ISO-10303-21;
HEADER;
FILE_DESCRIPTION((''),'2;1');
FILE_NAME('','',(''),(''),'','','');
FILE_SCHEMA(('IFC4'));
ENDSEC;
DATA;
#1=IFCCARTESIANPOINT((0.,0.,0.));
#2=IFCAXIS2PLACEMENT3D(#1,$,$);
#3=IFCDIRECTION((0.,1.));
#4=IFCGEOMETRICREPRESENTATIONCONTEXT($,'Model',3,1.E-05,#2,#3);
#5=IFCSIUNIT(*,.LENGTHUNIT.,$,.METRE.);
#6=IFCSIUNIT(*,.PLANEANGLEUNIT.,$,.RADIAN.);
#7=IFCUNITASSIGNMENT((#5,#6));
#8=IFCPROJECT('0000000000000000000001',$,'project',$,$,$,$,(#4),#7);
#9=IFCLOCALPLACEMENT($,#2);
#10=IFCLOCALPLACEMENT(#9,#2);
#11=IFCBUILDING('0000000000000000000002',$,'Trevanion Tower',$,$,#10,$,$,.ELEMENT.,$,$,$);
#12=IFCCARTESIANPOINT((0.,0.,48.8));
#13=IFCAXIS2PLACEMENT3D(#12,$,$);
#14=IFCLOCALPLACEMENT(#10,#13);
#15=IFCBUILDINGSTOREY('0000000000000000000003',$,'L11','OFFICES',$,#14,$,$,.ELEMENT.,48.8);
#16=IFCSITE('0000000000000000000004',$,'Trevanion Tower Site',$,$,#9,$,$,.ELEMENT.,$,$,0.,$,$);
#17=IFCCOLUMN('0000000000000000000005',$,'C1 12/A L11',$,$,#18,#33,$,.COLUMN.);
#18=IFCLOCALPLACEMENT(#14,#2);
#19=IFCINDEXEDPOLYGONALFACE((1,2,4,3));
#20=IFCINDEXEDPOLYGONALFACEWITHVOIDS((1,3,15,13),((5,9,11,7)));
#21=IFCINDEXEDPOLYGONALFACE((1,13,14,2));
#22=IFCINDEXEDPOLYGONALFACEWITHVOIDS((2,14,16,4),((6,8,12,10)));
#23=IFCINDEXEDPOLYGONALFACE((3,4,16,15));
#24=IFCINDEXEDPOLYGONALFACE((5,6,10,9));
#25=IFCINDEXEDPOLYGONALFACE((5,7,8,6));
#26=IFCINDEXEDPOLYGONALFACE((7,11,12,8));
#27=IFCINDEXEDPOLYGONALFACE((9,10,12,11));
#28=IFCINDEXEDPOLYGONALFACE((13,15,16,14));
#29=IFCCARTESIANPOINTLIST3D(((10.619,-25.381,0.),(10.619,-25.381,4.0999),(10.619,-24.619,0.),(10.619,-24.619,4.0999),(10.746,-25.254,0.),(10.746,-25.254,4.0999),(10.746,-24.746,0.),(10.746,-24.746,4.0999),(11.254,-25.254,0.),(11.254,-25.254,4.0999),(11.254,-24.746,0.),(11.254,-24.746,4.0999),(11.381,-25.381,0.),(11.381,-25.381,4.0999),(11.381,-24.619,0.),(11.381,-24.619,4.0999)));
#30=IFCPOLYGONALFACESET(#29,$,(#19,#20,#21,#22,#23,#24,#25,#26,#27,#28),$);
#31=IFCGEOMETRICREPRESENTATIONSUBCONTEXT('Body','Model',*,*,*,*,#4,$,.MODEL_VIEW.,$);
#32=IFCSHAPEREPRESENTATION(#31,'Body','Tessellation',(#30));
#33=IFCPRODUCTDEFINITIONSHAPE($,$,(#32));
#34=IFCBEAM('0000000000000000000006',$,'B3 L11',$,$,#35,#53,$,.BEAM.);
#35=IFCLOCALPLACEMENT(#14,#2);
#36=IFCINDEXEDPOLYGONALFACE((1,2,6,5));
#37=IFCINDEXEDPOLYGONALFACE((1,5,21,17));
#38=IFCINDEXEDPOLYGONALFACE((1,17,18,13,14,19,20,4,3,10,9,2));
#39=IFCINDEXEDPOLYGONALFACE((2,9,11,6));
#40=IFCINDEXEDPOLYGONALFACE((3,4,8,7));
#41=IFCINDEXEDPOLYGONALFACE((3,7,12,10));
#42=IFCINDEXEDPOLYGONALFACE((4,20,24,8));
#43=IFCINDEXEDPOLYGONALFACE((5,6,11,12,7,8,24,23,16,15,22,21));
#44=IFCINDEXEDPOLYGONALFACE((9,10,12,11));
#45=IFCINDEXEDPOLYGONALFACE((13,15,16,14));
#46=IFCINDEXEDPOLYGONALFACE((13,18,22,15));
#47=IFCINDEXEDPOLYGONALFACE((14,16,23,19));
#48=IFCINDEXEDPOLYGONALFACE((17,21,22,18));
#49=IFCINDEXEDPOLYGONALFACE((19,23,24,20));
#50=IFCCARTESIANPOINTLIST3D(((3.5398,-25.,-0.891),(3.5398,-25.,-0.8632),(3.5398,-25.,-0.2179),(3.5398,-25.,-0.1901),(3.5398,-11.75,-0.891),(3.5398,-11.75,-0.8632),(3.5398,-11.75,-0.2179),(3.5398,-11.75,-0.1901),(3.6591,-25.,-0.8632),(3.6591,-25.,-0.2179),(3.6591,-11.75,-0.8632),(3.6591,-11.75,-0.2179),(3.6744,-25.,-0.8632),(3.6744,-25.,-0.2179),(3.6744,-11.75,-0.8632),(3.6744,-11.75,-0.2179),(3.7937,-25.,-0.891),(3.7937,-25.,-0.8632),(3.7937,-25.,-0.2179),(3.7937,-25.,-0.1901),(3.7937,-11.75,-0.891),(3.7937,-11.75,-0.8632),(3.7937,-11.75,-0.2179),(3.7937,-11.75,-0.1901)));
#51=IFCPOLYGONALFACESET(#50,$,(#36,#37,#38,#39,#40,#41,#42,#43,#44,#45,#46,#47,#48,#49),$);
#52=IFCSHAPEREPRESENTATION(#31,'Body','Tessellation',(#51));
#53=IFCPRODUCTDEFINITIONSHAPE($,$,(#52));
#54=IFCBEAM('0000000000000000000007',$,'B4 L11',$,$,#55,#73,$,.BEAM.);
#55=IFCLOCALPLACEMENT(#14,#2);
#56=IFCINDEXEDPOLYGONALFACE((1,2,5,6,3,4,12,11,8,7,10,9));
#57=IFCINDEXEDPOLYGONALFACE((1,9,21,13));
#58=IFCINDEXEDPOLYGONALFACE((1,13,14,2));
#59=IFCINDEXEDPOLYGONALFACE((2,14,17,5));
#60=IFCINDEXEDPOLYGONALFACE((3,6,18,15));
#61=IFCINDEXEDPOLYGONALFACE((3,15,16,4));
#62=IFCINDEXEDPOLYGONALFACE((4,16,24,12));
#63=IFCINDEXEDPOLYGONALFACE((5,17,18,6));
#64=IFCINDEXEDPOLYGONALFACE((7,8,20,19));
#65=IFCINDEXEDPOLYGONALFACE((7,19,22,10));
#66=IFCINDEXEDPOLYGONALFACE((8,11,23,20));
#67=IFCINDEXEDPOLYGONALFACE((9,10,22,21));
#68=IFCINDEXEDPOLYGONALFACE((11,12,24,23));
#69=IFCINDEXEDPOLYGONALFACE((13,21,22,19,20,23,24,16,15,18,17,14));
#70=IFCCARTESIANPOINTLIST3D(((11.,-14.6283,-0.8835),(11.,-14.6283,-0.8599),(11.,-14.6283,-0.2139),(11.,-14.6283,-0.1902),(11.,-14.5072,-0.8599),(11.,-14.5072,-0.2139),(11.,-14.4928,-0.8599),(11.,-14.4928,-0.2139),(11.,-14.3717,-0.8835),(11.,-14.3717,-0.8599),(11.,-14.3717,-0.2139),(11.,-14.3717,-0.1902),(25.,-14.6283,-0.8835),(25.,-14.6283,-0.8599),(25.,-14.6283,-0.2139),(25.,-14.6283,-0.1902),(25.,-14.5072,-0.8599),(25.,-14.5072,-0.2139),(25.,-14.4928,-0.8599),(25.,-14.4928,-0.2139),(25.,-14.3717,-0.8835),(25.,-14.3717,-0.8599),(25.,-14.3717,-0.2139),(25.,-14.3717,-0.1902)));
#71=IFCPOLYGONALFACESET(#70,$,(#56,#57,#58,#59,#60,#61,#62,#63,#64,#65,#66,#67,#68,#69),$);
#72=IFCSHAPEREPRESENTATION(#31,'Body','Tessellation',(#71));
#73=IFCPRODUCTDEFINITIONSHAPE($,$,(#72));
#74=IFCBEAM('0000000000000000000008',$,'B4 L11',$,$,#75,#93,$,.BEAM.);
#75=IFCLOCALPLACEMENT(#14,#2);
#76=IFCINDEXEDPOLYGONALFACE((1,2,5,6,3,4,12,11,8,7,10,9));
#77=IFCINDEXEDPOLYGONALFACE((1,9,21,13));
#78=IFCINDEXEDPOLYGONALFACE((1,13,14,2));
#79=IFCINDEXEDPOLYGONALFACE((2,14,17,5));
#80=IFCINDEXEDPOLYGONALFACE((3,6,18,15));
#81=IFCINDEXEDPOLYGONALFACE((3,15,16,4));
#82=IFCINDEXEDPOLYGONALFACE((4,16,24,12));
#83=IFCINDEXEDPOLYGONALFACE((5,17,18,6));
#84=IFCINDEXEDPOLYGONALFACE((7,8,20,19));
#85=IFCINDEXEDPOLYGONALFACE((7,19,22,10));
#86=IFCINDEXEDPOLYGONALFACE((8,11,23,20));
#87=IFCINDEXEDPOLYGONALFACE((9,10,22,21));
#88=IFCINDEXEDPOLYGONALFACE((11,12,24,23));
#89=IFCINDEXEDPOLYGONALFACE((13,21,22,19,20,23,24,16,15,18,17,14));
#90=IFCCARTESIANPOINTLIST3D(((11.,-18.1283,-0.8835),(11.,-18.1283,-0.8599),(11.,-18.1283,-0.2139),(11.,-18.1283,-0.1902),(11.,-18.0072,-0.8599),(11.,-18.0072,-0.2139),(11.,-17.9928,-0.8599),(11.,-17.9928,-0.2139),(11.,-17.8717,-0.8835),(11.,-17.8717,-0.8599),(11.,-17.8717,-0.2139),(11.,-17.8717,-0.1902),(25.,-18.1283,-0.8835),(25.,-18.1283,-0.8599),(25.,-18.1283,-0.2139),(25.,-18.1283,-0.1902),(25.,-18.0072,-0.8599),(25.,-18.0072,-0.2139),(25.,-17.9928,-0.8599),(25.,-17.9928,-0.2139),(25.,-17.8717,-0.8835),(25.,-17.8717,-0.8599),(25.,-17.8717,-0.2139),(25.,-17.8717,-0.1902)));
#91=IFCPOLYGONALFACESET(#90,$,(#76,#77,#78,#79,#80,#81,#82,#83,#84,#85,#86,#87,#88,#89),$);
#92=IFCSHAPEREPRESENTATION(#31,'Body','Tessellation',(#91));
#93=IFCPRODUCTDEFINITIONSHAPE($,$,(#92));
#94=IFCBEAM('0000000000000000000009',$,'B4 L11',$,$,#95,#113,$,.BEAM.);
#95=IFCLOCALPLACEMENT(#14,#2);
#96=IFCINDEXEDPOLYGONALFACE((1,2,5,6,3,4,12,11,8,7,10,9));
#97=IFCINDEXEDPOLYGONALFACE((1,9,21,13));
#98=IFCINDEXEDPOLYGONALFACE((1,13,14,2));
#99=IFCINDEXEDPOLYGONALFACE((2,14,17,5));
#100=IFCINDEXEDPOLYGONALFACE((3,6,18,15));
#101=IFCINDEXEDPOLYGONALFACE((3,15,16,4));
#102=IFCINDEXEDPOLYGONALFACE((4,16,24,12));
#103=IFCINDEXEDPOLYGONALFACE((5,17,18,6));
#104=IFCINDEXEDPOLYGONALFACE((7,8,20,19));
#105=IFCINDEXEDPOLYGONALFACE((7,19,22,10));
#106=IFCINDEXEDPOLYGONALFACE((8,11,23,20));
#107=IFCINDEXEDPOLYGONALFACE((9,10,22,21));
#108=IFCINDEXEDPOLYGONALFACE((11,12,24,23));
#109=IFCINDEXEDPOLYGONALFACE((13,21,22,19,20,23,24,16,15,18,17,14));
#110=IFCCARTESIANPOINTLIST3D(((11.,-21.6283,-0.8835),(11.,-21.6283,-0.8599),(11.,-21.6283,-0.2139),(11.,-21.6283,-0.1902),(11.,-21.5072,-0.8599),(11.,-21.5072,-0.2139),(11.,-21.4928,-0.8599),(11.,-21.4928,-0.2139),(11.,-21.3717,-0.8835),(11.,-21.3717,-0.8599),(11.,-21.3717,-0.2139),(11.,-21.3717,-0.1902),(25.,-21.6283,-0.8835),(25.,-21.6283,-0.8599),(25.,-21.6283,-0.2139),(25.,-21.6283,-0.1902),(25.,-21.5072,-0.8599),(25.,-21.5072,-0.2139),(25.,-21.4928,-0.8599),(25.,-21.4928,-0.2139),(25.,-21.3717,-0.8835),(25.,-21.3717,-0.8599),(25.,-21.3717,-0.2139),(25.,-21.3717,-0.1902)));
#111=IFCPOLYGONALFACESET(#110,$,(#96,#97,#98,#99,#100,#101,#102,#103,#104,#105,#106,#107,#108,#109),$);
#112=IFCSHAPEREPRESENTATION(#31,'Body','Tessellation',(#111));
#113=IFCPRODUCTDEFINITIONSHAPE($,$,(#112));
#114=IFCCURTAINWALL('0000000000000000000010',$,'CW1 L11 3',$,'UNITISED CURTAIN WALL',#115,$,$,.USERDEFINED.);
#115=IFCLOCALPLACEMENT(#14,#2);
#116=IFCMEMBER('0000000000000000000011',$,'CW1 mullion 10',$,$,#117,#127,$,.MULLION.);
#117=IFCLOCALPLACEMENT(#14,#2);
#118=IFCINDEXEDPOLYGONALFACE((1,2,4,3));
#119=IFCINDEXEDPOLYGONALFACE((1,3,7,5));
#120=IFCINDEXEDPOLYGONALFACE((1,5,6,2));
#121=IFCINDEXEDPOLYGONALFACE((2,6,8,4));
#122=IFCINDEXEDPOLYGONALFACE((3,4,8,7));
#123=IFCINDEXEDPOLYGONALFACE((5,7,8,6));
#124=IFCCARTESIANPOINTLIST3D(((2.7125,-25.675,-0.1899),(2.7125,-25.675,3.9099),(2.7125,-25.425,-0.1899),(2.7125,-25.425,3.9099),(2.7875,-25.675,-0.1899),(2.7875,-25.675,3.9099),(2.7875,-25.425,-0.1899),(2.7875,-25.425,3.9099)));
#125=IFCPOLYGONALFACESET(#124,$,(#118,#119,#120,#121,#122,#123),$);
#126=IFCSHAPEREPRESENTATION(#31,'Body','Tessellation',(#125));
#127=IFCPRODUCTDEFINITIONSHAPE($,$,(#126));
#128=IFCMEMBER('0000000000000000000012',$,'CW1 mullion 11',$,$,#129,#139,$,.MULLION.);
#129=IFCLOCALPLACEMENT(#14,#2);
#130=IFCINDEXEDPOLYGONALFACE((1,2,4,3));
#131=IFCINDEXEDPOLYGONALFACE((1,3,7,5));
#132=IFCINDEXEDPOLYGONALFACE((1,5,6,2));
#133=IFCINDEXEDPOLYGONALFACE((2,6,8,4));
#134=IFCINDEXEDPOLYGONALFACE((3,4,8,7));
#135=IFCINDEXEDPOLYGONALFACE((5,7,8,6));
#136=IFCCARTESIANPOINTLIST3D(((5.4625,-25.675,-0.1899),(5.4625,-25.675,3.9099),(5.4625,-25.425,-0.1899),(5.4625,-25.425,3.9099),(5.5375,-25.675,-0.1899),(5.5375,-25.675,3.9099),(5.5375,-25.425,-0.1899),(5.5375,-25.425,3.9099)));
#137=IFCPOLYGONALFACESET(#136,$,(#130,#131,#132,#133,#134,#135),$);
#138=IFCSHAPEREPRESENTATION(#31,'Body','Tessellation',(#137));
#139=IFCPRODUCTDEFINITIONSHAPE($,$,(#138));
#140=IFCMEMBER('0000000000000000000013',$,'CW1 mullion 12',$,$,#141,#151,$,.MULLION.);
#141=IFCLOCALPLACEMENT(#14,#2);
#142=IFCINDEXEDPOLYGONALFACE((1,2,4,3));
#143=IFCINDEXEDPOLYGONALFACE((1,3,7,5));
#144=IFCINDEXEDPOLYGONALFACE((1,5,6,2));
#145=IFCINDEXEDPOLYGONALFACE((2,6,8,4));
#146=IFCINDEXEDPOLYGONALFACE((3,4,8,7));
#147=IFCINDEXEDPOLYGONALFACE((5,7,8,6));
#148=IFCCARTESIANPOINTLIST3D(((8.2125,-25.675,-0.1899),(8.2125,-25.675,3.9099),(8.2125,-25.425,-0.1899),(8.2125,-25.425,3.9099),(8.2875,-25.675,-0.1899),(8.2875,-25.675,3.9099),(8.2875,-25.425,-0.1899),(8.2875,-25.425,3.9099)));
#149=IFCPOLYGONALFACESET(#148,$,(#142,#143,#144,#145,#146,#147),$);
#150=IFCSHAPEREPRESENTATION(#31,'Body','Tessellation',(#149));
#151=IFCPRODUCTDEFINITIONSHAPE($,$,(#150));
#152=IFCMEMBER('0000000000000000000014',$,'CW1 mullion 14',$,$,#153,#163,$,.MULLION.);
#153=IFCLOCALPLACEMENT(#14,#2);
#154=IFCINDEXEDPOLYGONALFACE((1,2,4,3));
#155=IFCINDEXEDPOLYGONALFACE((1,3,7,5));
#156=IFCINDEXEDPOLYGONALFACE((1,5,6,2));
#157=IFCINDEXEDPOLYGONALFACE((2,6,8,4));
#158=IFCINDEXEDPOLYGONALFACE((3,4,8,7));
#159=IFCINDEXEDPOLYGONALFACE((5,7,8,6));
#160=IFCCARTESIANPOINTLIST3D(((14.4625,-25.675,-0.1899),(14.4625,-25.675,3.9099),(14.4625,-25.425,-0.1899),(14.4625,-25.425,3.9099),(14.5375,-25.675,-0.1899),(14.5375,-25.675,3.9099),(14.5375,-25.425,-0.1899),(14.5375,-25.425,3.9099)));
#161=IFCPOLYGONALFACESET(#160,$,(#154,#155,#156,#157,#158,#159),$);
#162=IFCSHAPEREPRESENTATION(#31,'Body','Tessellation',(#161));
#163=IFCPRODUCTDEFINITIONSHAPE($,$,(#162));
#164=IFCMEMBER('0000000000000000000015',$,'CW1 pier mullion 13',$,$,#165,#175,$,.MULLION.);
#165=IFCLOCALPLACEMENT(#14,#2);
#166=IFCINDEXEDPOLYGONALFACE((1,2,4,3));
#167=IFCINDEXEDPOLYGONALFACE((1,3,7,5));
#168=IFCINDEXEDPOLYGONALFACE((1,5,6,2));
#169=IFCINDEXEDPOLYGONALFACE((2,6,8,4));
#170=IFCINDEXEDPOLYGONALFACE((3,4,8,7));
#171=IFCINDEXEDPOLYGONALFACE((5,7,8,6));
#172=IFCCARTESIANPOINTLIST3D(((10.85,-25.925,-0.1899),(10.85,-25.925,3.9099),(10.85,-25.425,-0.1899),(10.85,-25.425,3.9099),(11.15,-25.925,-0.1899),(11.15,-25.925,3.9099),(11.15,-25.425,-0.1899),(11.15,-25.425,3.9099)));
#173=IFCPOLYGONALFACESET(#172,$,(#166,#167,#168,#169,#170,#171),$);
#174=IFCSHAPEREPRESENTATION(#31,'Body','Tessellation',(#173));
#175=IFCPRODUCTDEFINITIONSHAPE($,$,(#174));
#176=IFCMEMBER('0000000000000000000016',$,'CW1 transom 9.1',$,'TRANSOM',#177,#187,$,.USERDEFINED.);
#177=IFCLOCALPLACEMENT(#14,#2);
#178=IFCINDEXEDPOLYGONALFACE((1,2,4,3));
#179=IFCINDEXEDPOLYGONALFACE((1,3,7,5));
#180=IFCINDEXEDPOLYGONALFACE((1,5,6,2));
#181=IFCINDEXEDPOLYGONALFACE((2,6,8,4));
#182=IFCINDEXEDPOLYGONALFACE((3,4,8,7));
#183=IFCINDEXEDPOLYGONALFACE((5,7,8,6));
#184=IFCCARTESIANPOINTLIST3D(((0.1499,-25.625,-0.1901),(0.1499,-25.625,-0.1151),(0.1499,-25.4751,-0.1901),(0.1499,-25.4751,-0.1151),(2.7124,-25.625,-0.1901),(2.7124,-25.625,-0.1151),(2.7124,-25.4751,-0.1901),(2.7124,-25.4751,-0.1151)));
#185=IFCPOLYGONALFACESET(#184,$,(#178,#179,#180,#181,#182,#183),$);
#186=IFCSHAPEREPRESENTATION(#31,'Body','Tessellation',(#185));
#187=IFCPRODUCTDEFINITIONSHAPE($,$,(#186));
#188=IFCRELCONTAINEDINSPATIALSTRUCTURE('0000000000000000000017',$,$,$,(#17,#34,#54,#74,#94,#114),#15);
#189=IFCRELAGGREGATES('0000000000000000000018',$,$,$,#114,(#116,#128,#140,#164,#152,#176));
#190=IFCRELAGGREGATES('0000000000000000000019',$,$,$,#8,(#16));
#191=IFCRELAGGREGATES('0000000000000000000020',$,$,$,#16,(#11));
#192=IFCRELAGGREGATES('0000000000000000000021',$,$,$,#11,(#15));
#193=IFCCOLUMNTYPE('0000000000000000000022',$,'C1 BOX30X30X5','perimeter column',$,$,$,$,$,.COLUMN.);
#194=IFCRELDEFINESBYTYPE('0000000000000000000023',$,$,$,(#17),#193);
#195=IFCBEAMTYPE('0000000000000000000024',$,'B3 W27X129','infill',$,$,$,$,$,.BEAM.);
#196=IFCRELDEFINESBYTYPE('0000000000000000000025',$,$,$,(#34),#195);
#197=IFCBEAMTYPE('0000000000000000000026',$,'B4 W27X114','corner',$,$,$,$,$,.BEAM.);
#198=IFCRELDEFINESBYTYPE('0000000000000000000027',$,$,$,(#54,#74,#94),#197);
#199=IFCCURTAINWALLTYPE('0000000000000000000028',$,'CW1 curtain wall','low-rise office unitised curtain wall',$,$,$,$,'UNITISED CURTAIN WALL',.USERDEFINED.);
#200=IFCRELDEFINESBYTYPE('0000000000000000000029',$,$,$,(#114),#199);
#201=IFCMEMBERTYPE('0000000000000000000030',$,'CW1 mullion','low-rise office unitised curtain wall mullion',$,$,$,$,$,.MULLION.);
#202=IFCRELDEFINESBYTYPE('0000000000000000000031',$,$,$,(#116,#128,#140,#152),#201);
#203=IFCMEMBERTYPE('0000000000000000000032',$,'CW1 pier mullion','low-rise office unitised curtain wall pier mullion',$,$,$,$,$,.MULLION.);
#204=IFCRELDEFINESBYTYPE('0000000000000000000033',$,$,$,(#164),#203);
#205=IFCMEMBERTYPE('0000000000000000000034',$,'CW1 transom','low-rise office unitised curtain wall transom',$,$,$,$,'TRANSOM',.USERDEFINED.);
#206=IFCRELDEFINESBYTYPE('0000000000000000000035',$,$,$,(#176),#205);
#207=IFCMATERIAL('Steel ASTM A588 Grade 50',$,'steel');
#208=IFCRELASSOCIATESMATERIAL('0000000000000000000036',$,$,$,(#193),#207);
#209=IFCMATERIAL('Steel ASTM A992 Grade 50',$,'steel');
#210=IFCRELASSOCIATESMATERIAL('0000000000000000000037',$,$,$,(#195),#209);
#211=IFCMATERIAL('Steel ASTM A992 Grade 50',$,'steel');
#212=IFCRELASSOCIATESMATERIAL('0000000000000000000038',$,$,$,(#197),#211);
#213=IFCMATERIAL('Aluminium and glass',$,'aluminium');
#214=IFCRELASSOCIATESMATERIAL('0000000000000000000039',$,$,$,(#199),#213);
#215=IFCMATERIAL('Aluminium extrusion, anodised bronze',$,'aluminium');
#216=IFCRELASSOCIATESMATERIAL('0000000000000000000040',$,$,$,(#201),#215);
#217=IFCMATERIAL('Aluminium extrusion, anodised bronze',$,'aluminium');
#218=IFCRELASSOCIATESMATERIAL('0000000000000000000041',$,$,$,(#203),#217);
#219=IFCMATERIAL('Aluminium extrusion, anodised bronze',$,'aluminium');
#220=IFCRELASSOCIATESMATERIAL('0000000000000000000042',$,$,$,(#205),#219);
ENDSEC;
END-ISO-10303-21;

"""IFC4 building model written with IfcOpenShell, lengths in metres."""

from ifc_helpers import new_model, si_unit, direction, frame, origin, origin_2d, place, context, subcontext, project, spatial, rectangle, hollow_rectangle, i_section, extrude, material, material_profile, profile_set, type_object, element, aggregate, save


model = new_model("IFC4")

# Units and contexts
model_context = context("Model", 3, precision=1e-05, world=origin(), true_north=direction((0.0, 1.0)))
body_context = subcontext(model_context, "Body", "Model", "MODEL_VIEW")
ifc_project = project(units=[si_unit("LENGTHUNIT", "METRE"), si_unit("PLANEANGLEUNIT", "RADIAN")], contexts=[model_context])

# Site, building, storey
site_placement = place(None, origin())
site = spatial("IfcSite", under=ifc_project, at=site_placement, Name="Trevanion Tower Site", CompositionType="ELEMENT", RefElevation=0.0)
building_placement = place(site_placement, origin())
building = spatial("IfcBuilding", under=site, at=building_placement, Name="Trevanion Tower", CompositionType="ELEMENT")
storey_placement = place(building_placement, frame((0.0, 0.0, 48.8)))
storey = spatial("IfcBuildingStorey", under=building, at=storey_placement, Name="L11", Description="OFFICES", CompositionType="ELEMENT", Elevation=48.8)

# Column
ifc_material_1 = material(Name="Steel ASTM A588 Grade 50", Category="steel")
ifc_material_profile_1 = material_profile(ifc_material_1, hollow_rectangle(XDim=0.762, YDim=0.762, WallThickness=0.127, at=origin_2d()), Name="BOX30X30X5")
ifc_profile_set_1 = profile_set([ifc_material_profile_1], Name="Steel ASTM A588 Grade 50")
column_type = type_object("IfcColumnType", Name="C1 BOX30X30X5", Description="perimeter column", PredefinedType="COLUMN", material=ifc_profile_set_1)
column_placement = place(storey_placement, frame((11.0, -25.0, 0.0), z_axis=(0.0, 0.0, 1.0), x_axis=(1.0, 0.0, 0.0)))
element("IfcColumn", 1, at=column_placement, inside=storey, type_object=column_type, Name="C1 12/A L11", PredefinedType="COLUMN", context=body_context, shape_type="SweptSolid", body=[
    extrude(hollow_rectangle(XDim=0.762, YDim=0.762, WallThickness=0.127, at=origin_2d()), origin(), (0.0, 0.0, 1.0), 4.0999),
])

# Beams
ifc_material_2 = material(Name="Steel ASTM A992 Grade 50", Category="steel")
ifc_material_profile_2 = material_profile(ifc_material_2, i_section(OverallWidth=0.2539, OverallDepth=0.7009, WebThickness=0.0154, FlangeThickness=0.0278, at=origin_2d()), Name="W27X129")
ifc_profile_set_2 = profile_set([ifc_material_profile_2], Name="Steel ASTM A992 Grade 50")
beam_type_1 = type_object("IfcBeamType", Name="B3 W27X129", Description="infill", PredefinedType="BEAM", material=ifc_profile_set_2)
beam_1_placement = place(storey_placement, frame((3.6667, -11.75, -0.5405), z_axis=(0.0, -1.0, 0.0), x_axis=(1.0, 0.0, 0.0)))
element("IfcBeam", 2, at=beam_1_placement, inside=storey, type_object=beam_type_1, Name="B3 L11", PredefinedType="BEAM", context=body_context, shape_type="SweptSolid", body=[
    extrude(i_section(OverallWidth=0.2539, OverallDepth=0.7009, WebThickness=0.0154, FlangeThickness=0.0278, at=origin_2d()), origin(), (0.0, 0.0, 1.0), 13.25),
])
ifc_material_3 = material(Name="Steel ASTM A992 Grade 50", Category="steel")
ifc_material_profile_3 = material_profile(ifc_material_3, i_section(OverallWidth=0.2566, OverallDepth=0.6934, WebThickness=0.0144, FlangeThickness=0.0237, at=origin_2d()), Name="W27X114")
ifc_profile_set_3 = profile_set([ifc_material_profile_3], Name="Steel ASTM A992 Grade 50")
beam_type_2 = type_object("IfcBeamType", Name="B4 W27X114", Description="corner", PredefinedType="BEAM", material=ifc_profile_set_3)
for number, where, z_axis, x_axis, name in (
    (3, (11.0, -14.5, -0.5369), (1.0, 0.0, 0.0), (0.0, 1.0, 0.0), "B4 L11"),
    (4, (11.0, -18.0, -0.5369), (1.0, 0.0, 0.0), (0.0, 1.0, 0.0), "B4 L11"),
    (5, (11.0, -21.5, -0.5369), (1.0, 0.0, 0.0), (0.0, 1.0, 0.0), "B4 L11"),
):
    element("IfcBeam", number, at=place(storey_placement, frame(where, z_axis=z_axis, x_axis=x_axis)), inside=storey, type_object=beam_type_2, Name=name, PredefinedType="BEAM", context=body_context, shape_type="SweptSolid", body=[
        extrude(i_section(OverallWidth=0.2566, OverallDepth=0.6934, WebThickness=0.0144, FlangeThickness=0.0237, at=origin_2d()), origin(), (0.0, 0.0, 1.0), 14.0),
    ])

# Curtain wall, members
ifc_material_4 = material(Name="Aluminium and glass", Category="aluminium")
curtain_wall_type = type_object("IfcCurtainWallType", Name="CW1 curtain wall", Description="low-rise office unitised curtain wall", ElementType="UNITISED CURTAIN WALL", PredefinedType="USERDEFINED", material=ifc_material_4)
curtain_wall_placement = place(storey_placement, origin())
curtain_wall = element("IfcCurtainWall", 6, at=curtain_wall_placement, inside=storey, type_object=curtain_wall_type, Name="CW1 L11 3", ObjectType="UNITISED CURTAIN WALL", PredefinedType="USERDEFINED")
ifc_material_5 = material(Name="Aluminium extrusion, anodised bronze", Category="aluminium")
ifc_material_profile_4 = material_profile(ifc_material_5, rectangle(XDim=0.075, YDim=0.25, at=origin_2d()), Name="CW1 mullion")
ifc_profile_set_4 = profile_set([ifc_material_profile_4], Name="Aluminium extrusion, anodised bronze")
member_type_1 = type_object("IfcMemberType", Name="CW1 mullion", Description="low-rise office unitised curtain wall mullion", PredefinedType="MULLION", material=ifc_profile_set_4)
member_1_placement = place(storey_placement, frame((2.75, -25.55, -0.1899), z_axis=(0.0, 0.0, 1.0), x_axis=(1.0, 0.0, 0.0)))
member_1 = element("IfcMember", 7, at=member_1_placement, type_object=member_type_1, Name="CW1 mullion 10", PredefinedType="MULLION", context=body_context, shape_type="SweptSolid", body=[
    extrude(rectangle(XDim=0.075, YDim=0.25, at=origin_2d()), origin(), (0.0, 0.0, 1.0), 4.0999),
])
member_2_placement = place(storey_placement, frame((5.5, -25.55, -0.1899), z_axis=(0.0, 0.0, 1.0), x_axis=(1.0, 0.0, 0.0)))
member_2 = element("IfcMember", 8, at=member_2_placement, type_object=member_type_1, Name="CW1 mullion 11", PredefinedType="MULLION", context=body_context, shape_type="SweptSolid", body=[
    extrude(rectangle(XDim=0.075, YDim=0.25, at=origin_2d()), origin(), (0.0, 0.0, 1.0), 4.0999),
])
member_3_placement = place(storey_placement, frame((8.25, -25.55, -0.1899), z_axis=(0.0, 0.0, 1.0), x_axis=(1.0, 0.0, 0.0)))
member_3 = element("IfcMember", 9, at=member_3_placement, type_object=member_type_1, Name="CW1 mullion 12", PredefinedType="MULLION", context=body_context, shape_type="SweptSolid", body=[
    extrude(rectangle(XDim=0.075, YDim=0.25, at=origin_2d()), origin(), (0.0, 0.0, 1.0), 4.0999),
])
member_4_placement = place(storey_placement, frame((14.5, -25.55, -0.1899), z_axis=(0.0, 0.0, 1.0), x_axis=(1.0, 0.0, 0.0)))
member_4 = element("IfcMember", 10, at=member_4_placement, type_object=member_type_1, Name="CW1 mullion 14", PredefinedType="MULLION", context=body_context, shape_type="SweptSolid", body=[
    extrude(rectangle(XDim=0.075, YDim=0.25, at=origin_2d()), origin(), (0.0, 0.0, 1.0), 4.0999),
])
ifc_material_6 = material(Name="Aluminium extrusion, anodised bronze", Category="aluminium")
ifc_material_profile_5 = material_profile(ifc_material_6, rectangle(XDim=0.3, YDim=0.5, at=origin_2d()), Name="CW1 pier mullion")
ifc_profile_set_5 = profile_set([ifc_material_profile_5], Name="Aluminium extrusion, anodised bronze")
member_type_2 = type_object("IfcMemberType", Name="CW1 pier mullion", Description="low-rise office unitised curtain wall pier mullion", PredefinedType="MULLION", material=ifc_profile_set_5)
member_5_placement = place(storey_placement, frame((11.0, -25.675, -0.1899), z_axis=(0.0, 0.0, 1.0), x_axis=(1.0, 0.0, 0.0)))
member_5 = element("IfcMember", 11, at=member_5_placement, type_object=member_type_2, Name="CW1 pier mullion 13", PredefinedType="MULLION", context=body_context, shape_type="SweptSolid", body=[
    extrude(rectangle(XDim=0.3, YDim=0.5, at=origin_2d()), origin(), (0.0, 0.0, 1.0), 4.0999),
])
ifc_material_7 = material(Name="Aluminium extrusion, anodised bronze", Category="aluminium")
ifc_material_profile_6 = material_profile(ifc_material_7, rectangle(XDim=0.1499, YDim=0.075, at=origin_2d()), Name="CW1 transom")
ifc_profile_set_6 = profile_set([ifc_material_profile_6], Name="Aluminium extrusion, anodised bronze")
member_type_3 = type_object("IfcMemberType", Name="CW1 transom", Description="low-rise office unitised curtain wall transom", ElementType="TRANSOM", PredefinedType="USERDEFINED", material=ifc_profile_set_6)
member_6_placement = place(storey_placement, frame((0.1499, -25.55, -0.1526), z_axis=(1.0, 0.0, 0.0), x_axis=(0.0, 1.0, 0.0)))
member_6 = element("IfcMember", 12, at=member_6_placement, type_object=member_type_3, Name="CW1 transom 9.1", ObjectType="TRANSOM", PredefinedType="USERDEFINED", context=body_context, shape_type="SweptSolid", body=[
    extrude(rectangle(XDim=0.1499, YDim=0.075, at=origin_2d()), origin(), (0.0, 0.0, 1.0), 2.5625),
])

aggregate(curtain_wall, [member_1, member_2, member_3, member_5, member_4, member_6])

save(model, "model.ifc")
